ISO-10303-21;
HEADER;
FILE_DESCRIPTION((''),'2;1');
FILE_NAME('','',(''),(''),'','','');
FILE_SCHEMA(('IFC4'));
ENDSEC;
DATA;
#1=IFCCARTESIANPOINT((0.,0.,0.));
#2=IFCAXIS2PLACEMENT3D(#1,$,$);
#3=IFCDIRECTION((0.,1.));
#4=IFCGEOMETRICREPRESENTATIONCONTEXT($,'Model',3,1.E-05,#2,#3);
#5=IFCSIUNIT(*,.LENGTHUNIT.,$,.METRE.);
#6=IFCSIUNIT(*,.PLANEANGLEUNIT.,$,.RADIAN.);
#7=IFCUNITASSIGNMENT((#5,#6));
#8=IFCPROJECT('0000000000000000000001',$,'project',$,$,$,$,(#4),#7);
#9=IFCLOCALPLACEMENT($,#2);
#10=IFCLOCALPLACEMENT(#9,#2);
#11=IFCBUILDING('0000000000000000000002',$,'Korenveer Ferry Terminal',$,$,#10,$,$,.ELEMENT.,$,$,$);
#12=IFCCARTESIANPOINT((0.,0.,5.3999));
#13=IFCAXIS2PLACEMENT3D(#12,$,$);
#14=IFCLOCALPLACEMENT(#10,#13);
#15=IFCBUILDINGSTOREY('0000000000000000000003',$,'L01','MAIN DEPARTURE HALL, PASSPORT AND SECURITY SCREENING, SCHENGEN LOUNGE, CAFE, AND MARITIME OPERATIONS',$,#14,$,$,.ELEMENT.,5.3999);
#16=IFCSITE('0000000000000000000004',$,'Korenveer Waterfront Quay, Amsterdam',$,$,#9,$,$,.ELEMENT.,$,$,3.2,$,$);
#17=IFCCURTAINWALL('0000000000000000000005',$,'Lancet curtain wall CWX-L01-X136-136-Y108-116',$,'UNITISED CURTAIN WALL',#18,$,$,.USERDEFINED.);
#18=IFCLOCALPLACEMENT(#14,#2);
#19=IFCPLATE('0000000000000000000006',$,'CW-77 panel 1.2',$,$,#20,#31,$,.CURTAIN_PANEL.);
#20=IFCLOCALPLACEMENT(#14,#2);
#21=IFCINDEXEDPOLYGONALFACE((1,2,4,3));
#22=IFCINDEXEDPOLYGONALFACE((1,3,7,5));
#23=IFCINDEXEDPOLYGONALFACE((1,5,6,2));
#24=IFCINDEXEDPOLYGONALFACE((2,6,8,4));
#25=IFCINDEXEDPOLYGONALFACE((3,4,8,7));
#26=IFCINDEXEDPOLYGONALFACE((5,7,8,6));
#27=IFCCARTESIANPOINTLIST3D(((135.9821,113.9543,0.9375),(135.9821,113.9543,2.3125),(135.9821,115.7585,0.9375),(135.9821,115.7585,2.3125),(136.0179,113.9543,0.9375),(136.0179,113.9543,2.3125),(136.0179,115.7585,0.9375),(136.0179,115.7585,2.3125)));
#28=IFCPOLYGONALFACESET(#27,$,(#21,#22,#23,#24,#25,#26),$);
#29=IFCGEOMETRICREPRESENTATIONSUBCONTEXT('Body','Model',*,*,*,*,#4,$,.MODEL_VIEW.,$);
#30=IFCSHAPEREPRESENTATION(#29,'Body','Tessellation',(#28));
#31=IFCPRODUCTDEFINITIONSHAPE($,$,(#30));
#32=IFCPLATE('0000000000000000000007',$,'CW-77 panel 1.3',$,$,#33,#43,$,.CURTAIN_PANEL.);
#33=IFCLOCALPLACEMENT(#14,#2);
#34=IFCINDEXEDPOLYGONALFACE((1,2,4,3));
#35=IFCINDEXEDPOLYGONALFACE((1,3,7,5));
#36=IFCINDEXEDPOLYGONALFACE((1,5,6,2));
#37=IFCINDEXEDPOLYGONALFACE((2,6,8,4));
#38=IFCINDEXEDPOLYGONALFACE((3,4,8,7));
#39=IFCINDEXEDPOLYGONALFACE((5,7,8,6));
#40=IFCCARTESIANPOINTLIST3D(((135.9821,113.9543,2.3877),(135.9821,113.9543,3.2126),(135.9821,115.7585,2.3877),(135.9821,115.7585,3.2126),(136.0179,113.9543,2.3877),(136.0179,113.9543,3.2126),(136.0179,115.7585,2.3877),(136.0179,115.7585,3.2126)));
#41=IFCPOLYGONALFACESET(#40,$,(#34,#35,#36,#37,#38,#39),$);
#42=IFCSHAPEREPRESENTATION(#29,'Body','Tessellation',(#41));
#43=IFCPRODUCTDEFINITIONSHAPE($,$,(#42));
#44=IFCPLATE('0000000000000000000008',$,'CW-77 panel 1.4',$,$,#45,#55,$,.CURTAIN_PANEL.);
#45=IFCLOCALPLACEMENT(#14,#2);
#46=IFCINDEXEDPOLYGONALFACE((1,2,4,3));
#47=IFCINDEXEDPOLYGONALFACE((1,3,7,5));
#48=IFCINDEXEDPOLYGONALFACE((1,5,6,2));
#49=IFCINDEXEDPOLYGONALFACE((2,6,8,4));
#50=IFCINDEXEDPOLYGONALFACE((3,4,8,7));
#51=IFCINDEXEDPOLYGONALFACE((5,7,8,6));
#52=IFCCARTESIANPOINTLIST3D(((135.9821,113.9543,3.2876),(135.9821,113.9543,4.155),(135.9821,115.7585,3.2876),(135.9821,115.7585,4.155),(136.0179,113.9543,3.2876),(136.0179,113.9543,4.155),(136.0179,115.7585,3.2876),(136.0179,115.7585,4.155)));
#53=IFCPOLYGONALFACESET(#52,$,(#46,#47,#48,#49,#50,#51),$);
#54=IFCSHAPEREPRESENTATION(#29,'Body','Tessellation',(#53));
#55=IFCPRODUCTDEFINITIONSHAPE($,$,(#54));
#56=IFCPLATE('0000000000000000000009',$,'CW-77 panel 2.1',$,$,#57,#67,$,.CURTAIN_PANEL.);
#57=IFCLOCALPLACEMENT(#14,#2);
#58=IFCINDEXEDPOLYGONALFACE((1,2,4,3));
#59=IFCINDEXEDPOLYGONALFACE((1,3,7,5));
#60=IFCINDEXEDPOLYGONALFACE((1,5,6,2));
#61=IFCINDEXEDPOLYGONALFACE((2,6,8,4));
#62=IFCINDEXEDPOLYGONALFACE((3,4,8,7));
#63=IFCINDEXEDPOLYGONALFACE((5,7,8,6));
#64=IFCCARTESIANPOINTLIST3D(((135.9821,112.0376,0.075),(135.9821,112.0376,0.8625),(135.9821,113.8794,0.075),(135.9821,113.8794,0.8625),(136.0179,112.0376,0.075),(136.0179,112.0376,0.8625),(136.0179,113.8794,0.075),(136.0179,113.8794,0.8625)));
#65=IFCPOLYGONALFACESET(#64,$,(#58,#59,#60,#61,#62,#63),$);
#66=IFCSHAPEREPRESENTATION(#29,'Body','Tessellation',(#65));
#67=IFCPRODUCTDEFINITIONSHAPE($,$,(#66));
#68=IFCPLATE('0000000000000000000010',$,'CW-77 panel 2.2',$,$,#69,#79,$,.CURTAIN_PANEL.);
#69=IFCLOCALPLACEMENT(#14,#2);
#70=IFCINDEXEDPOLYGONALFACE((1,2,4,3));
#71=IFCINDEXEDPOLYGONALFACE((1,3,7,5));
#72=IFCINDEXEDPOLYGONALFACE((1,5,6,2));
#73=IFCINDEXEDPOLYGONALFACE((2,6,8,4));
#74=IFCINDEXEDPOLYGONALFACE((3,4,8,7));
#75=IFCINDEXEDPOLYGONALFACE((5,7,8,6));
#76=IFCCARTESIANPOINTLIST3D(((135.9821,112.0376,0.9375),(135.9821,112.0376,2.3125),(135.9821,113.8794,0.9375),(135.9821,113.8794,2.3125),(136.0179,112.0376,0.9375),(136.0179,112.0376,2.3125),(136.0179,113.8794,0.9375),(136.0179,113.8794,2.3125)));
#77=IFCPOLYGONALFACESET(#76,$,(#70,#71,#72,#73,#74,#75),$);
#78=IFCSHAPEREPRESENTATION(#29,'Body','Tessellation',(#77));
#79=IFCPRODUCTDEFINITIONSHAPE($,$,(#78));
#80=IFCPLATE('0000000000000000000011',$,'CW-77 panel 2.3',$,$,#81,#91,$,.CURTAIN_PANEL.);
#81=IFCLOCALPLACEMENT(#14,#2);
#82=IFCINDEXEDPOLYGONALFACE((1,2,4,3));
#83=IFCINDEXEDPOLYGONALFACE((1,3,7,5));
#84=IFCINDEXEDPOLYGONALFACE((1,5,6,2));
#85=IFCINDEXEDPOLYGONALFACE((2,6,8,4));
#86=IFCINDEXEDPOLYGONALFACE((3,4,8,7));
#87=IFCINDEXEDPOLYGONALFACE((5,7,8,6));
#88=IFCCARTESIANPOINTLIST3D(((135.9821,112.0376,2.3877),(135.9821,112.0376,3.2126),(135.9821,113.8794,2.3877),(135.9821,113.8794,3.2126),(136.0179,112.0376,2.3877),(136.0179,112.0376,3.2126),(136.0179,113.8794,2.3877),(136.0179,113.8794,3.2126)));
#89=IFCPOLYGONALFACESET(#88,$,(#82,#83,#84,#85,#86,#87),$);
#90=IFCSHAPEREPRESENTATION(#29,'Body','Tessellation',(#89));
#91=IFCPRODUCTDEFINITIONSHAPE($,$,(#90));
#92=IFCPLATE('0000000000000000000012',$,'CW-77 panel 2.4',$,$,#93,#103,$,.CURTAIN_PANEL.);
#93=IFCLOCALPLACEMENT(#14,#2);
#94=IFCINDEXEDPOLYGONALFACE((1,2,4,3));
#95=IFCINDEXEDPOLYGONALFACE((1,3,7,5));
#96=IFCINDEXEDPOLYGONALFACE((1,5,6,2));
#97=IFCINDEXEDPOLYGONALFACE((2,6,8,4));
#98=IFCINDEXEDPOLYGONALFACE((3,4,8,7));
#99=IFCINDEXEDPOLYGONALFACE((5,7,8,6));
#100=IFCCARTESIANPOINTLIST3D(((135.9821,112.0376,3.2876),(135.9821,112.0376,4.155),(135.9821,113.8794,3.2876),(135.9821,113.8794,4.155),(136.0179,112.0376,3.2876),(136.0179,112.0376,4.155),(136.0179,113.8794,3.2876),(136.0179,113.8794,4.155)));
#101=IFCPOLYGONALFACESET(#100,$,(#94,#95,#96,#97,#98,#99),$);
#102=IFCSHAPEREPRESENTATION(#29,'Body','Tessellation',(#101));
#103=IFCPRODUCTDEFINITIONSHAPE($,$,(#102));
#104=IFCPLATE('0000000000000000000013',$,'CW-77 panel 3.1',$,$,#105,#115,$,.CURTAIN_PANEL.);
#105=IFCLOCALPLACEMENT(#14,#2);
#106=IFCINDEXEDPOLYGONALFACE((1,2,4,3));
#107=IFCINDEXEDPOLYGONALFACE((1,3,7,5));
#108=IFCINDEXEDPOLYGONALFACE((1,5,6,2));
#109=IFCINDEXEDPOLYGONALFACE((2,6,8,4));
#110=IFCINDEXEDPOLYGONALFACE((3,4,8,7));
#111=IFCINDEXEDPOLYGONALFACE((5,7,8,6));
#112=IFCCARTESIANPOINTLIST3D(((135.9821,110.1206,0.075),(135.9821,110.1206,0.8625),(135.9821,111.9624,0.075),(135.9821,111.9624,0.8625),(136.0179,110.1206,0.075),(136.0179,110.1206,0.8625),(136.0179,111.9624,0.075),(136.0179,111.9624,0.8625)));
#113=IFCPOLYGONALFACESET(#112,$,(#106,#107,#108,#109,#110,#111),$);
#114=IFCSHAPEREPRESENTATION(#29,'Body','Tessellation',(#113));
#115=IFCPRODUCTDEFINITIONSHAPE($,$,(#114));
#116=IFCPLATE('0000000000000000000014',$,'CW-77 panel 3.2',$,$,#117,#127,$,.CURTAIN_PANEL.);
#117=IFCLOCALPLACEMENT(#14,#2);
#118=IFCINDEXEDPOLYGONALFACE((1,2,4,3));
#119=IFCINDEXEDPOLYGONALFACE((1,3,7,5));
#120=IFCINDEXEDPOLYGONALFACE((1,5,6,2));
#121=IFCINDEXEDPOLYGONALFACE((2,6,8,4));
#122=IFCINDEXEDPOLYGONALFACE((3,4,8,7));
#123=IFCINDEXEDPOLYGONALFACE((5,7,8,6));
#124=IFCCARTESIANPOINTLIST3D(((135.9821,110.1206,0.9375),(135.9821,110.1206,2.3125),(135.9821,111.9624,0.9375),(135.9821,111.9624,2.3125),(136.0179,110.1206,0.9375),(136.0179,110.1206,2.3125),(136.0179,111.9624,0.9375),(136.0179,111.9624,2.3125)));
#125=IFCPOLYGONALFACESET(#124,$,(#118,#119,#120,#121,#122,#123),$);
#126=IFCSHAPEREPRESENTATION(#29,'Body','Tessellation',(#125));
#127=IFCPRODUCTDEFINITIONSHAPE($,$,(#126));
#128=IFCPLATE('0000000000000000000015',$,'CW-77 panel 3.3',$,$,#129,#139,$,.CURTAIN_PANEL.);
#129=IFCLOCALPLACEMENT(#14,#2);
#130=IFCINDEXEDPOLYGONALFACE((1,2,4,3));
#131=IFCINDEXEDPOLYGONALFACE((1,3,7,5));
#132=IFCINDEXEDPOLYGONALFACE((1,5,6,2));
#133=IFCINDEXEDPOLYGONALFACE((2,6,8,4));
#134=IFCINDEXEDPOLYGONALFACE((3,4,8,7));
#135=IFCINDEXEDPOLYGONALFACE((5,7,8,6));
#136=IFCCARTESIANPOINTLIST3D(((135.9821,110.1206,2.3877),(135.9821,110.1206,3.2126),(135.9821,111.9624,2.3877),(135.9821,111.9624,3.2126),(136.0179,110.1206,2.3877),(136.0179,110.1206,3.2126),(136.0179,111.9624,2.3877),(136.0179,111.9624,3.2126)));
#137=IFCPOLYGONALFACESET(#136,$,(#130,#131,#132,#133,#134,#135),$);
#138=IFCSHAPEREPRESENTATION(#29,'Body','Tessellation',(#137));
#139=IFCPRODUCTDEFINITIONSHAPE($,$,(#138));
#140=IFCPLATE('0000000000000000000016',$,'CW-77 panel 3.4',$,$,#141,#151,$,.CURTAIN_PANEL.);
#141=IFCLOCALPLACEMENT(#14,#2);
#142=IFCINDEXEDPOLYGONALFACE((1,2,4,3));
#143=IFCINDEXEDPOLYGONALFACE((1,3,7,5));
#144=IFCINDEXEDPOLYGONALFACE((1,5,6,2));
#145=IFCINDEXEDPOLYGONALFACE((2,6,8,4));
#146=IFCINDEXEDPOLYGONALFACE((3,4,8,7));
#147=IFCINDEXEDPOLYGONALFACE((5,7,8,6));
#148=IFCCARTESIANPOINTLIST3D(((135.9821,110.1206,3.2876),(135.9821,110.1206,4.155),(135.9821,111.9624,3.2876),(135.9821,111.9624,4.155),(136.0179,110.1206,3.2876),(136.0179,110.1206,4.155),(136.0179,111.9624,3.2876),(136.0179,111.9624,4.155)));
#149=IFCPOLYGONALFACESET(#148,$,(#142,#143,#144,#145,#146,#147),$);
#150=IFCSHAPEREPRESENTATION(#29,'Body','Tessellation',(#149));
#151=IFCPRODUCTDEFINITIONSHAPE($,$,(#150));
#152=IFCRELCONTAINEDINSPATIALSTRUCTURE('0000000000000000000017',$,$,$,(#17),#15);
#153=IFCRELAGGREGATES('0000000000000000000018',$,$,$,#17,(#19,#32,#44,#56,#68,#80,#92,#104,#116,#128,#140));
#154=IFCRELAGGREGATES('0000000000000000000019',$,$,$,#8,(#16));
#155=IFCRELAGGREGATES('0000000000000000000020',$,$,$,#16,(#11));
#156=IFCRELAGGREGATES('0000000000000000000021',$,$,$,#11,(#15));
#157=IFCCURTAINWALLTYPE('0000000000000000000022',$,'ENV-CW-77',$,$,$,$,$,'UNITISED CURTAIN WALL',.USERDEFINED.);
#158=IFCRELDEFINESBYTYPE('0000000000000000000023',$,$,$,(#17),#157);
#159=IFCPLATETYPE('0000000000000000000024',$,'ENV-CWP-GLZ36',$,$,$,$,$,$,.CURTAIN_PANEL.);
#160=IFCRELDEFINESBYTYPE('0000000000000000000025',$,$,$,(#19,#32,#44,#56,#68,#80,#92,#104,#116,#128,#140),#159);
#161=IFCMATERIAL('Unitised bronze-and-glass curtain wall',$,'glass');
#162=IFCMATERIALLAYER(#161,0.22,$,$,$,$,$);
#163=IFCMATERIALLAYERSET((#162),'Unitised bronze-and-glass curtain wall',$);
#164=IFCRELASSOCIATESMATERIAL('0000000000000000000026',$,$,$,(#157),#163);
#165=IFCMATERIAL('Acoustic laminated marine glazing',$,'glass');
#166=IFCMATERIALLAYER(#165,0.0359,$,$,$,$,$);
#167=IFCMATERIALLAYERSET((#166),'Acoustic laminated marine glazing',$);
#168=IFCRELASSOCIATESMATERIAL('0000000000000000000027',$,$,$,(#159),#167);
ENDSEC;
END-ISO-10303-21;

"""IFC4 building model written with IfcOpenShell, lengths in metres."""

from ifc_helpers import new_model, si_unit, direction, frame, origin, origin_2d, place, context, subcontext, project, spatial, rectangle, extrude, material, layer, layer_set, type_object, element, aggregate, save


model = new_model("IFC4")

# Units and contexts
model_context = context("Model", 3, precision=1e-05, world=origin(), true_north=direction((0.0, 1.0)))
body_context = subcontext(model_context, "Body", "Model", "MODEL_VIEW")
ifc_project = project(units=[si_unit("LENGTHUNIT", "METRE"), si_unit("PLANEANGLEUNIT", "RADIAN")], contexts=[model_context])

# Site, building, storey
site_placement = place(None, origin())
site = spatial("IfcSite", under=ifc_project, at=site_placement, Name="Korenveer Waterfront Quay, Amsterdam", CompositionType="ELEMENT", RefElevation=3.2)
building_placement = place(site_placement, origin())
building = spatial("IfcBuilding", under=site, at=building_placement, Name="Korenveer Ferry Terminal", CompositionType="ELEMENT")
storey_placement = place(building_placement, frame((0.0, 0.0, 5.3999)))
storey = spatial("IfcBuildingStorey", under=building, at=storey_placement, Name="L01", Description="MAIN DEPARTURE HALL, PASSPORT AND SECURITY SCREENING, SCHENGEN LOUNGE, CAFE, AND MARITIME OPERATIONS", CompositionType="ELEMENT", Elevation=5.3999)

# Curtain wall, plates
ifc_material_1 = material(Name="Unitised bronze-and-glass curtain wall", Category="glass")
ifc_layer_1 = layer(ifc_material_1, 0.22)
ifc_layer_set_1 = layer_set([ifc_layer_1], Name="Unitised bronze-and-glass curtain wall")
curtain_wall_type = type_object("IfcCurtainWallType", Name="ENV-CW-77", ElementType="UNITISED CURTAIN WALL", PredefinedType="USERDEFINED", material=ifc_layer_set_1)
curtain_wall_placement = place(storey_placement, frame((136.0, 115.8335, 0.0)))
curtain_wall = element("IfcCurtainWall", 1, at=curtain_wall_placement, inside=storey, type_object=curtain_wall_type, Name="Lancet curtain wall CWX-L01-X136-136-Y108-116", ObjectType="UNITISED CURTAIN WALL", PredefinedType="USERDEFINED")
ifc_material_2 = material(Name="Acoustic laminated marine glazing", Category="glass")
ifc_layer_2 = layer(ifc_material_2, 0.0359)
ifc_layer_set_2 = layer_set([ifc_layer_2], Name="Acoustic laminated marine glazing")
plate_type = type_object("IfcPlateType", Name="ENV-CWP-GLZ36", PredefinedType="CURTAIN_PANEL", material=ifc_layer_set_2)
plate_1_placement = place(storey_placement, frame((136.0, 114.8564, 0.9375), z_axis=(0.0, 0.0, 1.0), x_axis=(0.0, -1.0, 0.0)))
plate_1 = element("IfcPlate", 2, at=plate_1_placement, type_object=plate_type, Name="CW-77 panel 1.2", PredefinedType="CURTAIN_PANEL", context=body_context, shape_type="SweptSolid", body=[
    extrude(rectangle(XDim=1.8042, YDim=0.0359, at=origin_2d()), origin(), (0.0, 0.0, 1.0), 1.375),
])
plate_2_placement = place(storey_placement, frame((136.0, 114.8564, 2.3877), z_axis=(0.0, 0.0, 1.0), x_axis=(0.0, -1.0, 0.0)))
plate_2 = element("IfcPlate", 3, at=plate_2_placement, type_object=plate_type, Name="CW-77 panel 1.3", PredefinedType="CURTAIN_PANEL", context=body_context, shape_type="SweptSolid", body=[
    extrude(rectangle(XDim=1.8042, YDim=0.0359, at=origin_2d()), origin(), (0.0, 0.0, 1.0), 0.825),
])
plate_3_placement = place(storey_placement, frame((136.0, 114.8564, 3.2876), z_axis=(0.0, 0.0, 1.0), x_axis=(0.0, -1.0, 0.0)))
plate_3 = element("IfcPlate", 4, at=plate_3_placement, type_object=plate_type, Name="CW-77 panel 1.4", PredefinedType="CURTAIN_PANEL", context=body_context, shape_type="SweptSolid", body=[
    extrude(rectangle(XDim=1.8042, YDim=0.0359, at=origin_2d()), origin(), (0.0, 0.0, 1.0), 0.8674),
])
plate_4_placement = place(storey_placement, frame((136.0, 112.9585, 0.075), z_axis=(0.0, 0.0, 1.0), x_axis=(0.0, -1.0, 0.0)))
plate_4 = element("IfcPlate", 5, at=plate_4_placement, type_object=plate_type, Name="CW-77 panel 2.1", PredefinedType="CURTAIN_PANEL", context=body_context, shape_type="SweptSolid", body=[
    extrude(rectangle(XDim=1.8418, YDim=0.0359, at=origin_2d()), origin(), (0.0, 0.0, 1.0), 0.7876),
])
plate_5_placement = place(storey_placement, frame((136.0, 112.9585, 0.9375), z_axis=(0.0, 0.0, 1.0), x_axis=(0.0, -1.0, 0.0)))
plate_5 = element("IfcPlate", 6, at=plate_5_placement, type_object=plate_type, Name="CW-77 panel 2.2", PredefinedType="CURTAIN_PANEL", context=body_context, shape_type="SweptSolid", body=[
    extrude(rectangle(XDim=1.8418, YDim=0.0359, at=origin_2d()), origin(), (0.0, 0.0, 1.0), 1.375),
])
plate_6_placement = place(storey_placement, frame((136.0, 112.9585, 2.3877), z_axis=(0.0, 0.0, 1.0), x_axis=(0.0, -1.0, 0.0)))
plate_6 = element("IfcPlate", 7, at=plate_6_placement, type_object=plate_type, Name="CW-77 panel 2.3", PredefinedType="CURTAIN_PANEL", context=body_context, shape_type="SweptSolid", body=[
    extrude(rectangle(XDim=1.8418, YDim=0.0359, at=origin_2d()), origin(), (0.0, 0.0, 1.0), 0.825),
])
plate_7_placement = place(storey_placement, frame((136.0, 112.9585, 3.2876), z_axis=(0.0, 0.0, 1.0), x_axis=(0.0, -1.0, 0.0)))
plate_7 = element("IfcPlate", 8, at=plate_7_placement, type_object=plate_type, Name="CW-77 panel 2.4", PredefinedType="CURTAIN_PANEL", context=body_context, shape_type="SweptSolid", body=[
    extrude(rectangle(XDim=1.8418, YDim=0.0359, at=origin_2d()), origin(), (0.0, 0.0, 1.0), 0.8674),
])
plate_8_placement = place(storey_placement, frame((136.0, 111.0415, 0.075), z_axis=(0.0, 0.0, 1.0), x_axis=(0.0, -1.0, 0.0)))
plate_8 = element("IfcPlate", 9, at=plate_8_placement, type_object=plate_type, Name="CW-77 panel 3.1", PredefinedType="CURTAIN_PANEL", context=body_context, shape_type="SweptSolid", body=[
    extrude(rectangle(XDim=1.8418, YDim=0.0359, at=origin_2d()), origin(), (0.0, 0.0, 1.0), 0.7876),
])
plate_9_placement = place(storey_placement, frame((136.0, 111.0415, 0.9375), z_axis=(0.0, 0.0, 1.0), x_axis=(0.0, -1.0, 0.0)))
plate_9 = element("IfcPlate", 10, at=plate_9_placement, type_object=plate_type, Name="CW-77 panel 3.2", PredefinedType="CURTAIN_PANEL", context=body_context, shape_type="SweptSolid", body=[
    extrude(rectangle(XDim=1.8418, YDim=0.0359, at=origin_2d()), origin(), (0.0, 0.0, 1.0), 1.375),
])
plate_10_placement = place(storey_placement, frame((136.0, 111.0415, 2.3877), z_axis=(0.0, 0.0, 1.0), x_axis=(0.0, -1.0, 0.0)))
plate_10 = element("IfcPlate", 11, at=plate_10_placement, type_object=plate_type, Name="CW-77 panel 3.3", PredefinedType="CURTAIN_PANEL", context=body_context, shape_type="SweptSolid", body=[
    extrude(rectangle(XDim=1.8418, YDim=0.0359, at=origin_2d()), origin(), (0.0, 0.0, 1.0), 0.825),
])
plate_11_placement = place(storey_placement, frame((136.0, 111.0415, 3.2876), z_axis=(0.0, 0.0, 1.0), x_axis=(0.0, -1.0, 0.0)))
plate_11 = element("IfcPlate", 12, at=plate_11_placement, type_object=plate_type, Name="CW-77 panel 3.4", PredefinedType="CURTAIN_PANEL", context=body_context, shape_type="SweptSolid", body=[
    extrude(rectangle(XDim=1.8418, YDim=0.0359, at=origin_2d()), origin(), (0.0, 0.0, 1.0), 0.8674),
])
aggregate(curtain_wall, [plate_1, plate_2, plate_3, plate_4, plate_5, plate_6, plate_7, plate_8, plate_9, plate_10, plate_11])

save(model, "model.ifc")
